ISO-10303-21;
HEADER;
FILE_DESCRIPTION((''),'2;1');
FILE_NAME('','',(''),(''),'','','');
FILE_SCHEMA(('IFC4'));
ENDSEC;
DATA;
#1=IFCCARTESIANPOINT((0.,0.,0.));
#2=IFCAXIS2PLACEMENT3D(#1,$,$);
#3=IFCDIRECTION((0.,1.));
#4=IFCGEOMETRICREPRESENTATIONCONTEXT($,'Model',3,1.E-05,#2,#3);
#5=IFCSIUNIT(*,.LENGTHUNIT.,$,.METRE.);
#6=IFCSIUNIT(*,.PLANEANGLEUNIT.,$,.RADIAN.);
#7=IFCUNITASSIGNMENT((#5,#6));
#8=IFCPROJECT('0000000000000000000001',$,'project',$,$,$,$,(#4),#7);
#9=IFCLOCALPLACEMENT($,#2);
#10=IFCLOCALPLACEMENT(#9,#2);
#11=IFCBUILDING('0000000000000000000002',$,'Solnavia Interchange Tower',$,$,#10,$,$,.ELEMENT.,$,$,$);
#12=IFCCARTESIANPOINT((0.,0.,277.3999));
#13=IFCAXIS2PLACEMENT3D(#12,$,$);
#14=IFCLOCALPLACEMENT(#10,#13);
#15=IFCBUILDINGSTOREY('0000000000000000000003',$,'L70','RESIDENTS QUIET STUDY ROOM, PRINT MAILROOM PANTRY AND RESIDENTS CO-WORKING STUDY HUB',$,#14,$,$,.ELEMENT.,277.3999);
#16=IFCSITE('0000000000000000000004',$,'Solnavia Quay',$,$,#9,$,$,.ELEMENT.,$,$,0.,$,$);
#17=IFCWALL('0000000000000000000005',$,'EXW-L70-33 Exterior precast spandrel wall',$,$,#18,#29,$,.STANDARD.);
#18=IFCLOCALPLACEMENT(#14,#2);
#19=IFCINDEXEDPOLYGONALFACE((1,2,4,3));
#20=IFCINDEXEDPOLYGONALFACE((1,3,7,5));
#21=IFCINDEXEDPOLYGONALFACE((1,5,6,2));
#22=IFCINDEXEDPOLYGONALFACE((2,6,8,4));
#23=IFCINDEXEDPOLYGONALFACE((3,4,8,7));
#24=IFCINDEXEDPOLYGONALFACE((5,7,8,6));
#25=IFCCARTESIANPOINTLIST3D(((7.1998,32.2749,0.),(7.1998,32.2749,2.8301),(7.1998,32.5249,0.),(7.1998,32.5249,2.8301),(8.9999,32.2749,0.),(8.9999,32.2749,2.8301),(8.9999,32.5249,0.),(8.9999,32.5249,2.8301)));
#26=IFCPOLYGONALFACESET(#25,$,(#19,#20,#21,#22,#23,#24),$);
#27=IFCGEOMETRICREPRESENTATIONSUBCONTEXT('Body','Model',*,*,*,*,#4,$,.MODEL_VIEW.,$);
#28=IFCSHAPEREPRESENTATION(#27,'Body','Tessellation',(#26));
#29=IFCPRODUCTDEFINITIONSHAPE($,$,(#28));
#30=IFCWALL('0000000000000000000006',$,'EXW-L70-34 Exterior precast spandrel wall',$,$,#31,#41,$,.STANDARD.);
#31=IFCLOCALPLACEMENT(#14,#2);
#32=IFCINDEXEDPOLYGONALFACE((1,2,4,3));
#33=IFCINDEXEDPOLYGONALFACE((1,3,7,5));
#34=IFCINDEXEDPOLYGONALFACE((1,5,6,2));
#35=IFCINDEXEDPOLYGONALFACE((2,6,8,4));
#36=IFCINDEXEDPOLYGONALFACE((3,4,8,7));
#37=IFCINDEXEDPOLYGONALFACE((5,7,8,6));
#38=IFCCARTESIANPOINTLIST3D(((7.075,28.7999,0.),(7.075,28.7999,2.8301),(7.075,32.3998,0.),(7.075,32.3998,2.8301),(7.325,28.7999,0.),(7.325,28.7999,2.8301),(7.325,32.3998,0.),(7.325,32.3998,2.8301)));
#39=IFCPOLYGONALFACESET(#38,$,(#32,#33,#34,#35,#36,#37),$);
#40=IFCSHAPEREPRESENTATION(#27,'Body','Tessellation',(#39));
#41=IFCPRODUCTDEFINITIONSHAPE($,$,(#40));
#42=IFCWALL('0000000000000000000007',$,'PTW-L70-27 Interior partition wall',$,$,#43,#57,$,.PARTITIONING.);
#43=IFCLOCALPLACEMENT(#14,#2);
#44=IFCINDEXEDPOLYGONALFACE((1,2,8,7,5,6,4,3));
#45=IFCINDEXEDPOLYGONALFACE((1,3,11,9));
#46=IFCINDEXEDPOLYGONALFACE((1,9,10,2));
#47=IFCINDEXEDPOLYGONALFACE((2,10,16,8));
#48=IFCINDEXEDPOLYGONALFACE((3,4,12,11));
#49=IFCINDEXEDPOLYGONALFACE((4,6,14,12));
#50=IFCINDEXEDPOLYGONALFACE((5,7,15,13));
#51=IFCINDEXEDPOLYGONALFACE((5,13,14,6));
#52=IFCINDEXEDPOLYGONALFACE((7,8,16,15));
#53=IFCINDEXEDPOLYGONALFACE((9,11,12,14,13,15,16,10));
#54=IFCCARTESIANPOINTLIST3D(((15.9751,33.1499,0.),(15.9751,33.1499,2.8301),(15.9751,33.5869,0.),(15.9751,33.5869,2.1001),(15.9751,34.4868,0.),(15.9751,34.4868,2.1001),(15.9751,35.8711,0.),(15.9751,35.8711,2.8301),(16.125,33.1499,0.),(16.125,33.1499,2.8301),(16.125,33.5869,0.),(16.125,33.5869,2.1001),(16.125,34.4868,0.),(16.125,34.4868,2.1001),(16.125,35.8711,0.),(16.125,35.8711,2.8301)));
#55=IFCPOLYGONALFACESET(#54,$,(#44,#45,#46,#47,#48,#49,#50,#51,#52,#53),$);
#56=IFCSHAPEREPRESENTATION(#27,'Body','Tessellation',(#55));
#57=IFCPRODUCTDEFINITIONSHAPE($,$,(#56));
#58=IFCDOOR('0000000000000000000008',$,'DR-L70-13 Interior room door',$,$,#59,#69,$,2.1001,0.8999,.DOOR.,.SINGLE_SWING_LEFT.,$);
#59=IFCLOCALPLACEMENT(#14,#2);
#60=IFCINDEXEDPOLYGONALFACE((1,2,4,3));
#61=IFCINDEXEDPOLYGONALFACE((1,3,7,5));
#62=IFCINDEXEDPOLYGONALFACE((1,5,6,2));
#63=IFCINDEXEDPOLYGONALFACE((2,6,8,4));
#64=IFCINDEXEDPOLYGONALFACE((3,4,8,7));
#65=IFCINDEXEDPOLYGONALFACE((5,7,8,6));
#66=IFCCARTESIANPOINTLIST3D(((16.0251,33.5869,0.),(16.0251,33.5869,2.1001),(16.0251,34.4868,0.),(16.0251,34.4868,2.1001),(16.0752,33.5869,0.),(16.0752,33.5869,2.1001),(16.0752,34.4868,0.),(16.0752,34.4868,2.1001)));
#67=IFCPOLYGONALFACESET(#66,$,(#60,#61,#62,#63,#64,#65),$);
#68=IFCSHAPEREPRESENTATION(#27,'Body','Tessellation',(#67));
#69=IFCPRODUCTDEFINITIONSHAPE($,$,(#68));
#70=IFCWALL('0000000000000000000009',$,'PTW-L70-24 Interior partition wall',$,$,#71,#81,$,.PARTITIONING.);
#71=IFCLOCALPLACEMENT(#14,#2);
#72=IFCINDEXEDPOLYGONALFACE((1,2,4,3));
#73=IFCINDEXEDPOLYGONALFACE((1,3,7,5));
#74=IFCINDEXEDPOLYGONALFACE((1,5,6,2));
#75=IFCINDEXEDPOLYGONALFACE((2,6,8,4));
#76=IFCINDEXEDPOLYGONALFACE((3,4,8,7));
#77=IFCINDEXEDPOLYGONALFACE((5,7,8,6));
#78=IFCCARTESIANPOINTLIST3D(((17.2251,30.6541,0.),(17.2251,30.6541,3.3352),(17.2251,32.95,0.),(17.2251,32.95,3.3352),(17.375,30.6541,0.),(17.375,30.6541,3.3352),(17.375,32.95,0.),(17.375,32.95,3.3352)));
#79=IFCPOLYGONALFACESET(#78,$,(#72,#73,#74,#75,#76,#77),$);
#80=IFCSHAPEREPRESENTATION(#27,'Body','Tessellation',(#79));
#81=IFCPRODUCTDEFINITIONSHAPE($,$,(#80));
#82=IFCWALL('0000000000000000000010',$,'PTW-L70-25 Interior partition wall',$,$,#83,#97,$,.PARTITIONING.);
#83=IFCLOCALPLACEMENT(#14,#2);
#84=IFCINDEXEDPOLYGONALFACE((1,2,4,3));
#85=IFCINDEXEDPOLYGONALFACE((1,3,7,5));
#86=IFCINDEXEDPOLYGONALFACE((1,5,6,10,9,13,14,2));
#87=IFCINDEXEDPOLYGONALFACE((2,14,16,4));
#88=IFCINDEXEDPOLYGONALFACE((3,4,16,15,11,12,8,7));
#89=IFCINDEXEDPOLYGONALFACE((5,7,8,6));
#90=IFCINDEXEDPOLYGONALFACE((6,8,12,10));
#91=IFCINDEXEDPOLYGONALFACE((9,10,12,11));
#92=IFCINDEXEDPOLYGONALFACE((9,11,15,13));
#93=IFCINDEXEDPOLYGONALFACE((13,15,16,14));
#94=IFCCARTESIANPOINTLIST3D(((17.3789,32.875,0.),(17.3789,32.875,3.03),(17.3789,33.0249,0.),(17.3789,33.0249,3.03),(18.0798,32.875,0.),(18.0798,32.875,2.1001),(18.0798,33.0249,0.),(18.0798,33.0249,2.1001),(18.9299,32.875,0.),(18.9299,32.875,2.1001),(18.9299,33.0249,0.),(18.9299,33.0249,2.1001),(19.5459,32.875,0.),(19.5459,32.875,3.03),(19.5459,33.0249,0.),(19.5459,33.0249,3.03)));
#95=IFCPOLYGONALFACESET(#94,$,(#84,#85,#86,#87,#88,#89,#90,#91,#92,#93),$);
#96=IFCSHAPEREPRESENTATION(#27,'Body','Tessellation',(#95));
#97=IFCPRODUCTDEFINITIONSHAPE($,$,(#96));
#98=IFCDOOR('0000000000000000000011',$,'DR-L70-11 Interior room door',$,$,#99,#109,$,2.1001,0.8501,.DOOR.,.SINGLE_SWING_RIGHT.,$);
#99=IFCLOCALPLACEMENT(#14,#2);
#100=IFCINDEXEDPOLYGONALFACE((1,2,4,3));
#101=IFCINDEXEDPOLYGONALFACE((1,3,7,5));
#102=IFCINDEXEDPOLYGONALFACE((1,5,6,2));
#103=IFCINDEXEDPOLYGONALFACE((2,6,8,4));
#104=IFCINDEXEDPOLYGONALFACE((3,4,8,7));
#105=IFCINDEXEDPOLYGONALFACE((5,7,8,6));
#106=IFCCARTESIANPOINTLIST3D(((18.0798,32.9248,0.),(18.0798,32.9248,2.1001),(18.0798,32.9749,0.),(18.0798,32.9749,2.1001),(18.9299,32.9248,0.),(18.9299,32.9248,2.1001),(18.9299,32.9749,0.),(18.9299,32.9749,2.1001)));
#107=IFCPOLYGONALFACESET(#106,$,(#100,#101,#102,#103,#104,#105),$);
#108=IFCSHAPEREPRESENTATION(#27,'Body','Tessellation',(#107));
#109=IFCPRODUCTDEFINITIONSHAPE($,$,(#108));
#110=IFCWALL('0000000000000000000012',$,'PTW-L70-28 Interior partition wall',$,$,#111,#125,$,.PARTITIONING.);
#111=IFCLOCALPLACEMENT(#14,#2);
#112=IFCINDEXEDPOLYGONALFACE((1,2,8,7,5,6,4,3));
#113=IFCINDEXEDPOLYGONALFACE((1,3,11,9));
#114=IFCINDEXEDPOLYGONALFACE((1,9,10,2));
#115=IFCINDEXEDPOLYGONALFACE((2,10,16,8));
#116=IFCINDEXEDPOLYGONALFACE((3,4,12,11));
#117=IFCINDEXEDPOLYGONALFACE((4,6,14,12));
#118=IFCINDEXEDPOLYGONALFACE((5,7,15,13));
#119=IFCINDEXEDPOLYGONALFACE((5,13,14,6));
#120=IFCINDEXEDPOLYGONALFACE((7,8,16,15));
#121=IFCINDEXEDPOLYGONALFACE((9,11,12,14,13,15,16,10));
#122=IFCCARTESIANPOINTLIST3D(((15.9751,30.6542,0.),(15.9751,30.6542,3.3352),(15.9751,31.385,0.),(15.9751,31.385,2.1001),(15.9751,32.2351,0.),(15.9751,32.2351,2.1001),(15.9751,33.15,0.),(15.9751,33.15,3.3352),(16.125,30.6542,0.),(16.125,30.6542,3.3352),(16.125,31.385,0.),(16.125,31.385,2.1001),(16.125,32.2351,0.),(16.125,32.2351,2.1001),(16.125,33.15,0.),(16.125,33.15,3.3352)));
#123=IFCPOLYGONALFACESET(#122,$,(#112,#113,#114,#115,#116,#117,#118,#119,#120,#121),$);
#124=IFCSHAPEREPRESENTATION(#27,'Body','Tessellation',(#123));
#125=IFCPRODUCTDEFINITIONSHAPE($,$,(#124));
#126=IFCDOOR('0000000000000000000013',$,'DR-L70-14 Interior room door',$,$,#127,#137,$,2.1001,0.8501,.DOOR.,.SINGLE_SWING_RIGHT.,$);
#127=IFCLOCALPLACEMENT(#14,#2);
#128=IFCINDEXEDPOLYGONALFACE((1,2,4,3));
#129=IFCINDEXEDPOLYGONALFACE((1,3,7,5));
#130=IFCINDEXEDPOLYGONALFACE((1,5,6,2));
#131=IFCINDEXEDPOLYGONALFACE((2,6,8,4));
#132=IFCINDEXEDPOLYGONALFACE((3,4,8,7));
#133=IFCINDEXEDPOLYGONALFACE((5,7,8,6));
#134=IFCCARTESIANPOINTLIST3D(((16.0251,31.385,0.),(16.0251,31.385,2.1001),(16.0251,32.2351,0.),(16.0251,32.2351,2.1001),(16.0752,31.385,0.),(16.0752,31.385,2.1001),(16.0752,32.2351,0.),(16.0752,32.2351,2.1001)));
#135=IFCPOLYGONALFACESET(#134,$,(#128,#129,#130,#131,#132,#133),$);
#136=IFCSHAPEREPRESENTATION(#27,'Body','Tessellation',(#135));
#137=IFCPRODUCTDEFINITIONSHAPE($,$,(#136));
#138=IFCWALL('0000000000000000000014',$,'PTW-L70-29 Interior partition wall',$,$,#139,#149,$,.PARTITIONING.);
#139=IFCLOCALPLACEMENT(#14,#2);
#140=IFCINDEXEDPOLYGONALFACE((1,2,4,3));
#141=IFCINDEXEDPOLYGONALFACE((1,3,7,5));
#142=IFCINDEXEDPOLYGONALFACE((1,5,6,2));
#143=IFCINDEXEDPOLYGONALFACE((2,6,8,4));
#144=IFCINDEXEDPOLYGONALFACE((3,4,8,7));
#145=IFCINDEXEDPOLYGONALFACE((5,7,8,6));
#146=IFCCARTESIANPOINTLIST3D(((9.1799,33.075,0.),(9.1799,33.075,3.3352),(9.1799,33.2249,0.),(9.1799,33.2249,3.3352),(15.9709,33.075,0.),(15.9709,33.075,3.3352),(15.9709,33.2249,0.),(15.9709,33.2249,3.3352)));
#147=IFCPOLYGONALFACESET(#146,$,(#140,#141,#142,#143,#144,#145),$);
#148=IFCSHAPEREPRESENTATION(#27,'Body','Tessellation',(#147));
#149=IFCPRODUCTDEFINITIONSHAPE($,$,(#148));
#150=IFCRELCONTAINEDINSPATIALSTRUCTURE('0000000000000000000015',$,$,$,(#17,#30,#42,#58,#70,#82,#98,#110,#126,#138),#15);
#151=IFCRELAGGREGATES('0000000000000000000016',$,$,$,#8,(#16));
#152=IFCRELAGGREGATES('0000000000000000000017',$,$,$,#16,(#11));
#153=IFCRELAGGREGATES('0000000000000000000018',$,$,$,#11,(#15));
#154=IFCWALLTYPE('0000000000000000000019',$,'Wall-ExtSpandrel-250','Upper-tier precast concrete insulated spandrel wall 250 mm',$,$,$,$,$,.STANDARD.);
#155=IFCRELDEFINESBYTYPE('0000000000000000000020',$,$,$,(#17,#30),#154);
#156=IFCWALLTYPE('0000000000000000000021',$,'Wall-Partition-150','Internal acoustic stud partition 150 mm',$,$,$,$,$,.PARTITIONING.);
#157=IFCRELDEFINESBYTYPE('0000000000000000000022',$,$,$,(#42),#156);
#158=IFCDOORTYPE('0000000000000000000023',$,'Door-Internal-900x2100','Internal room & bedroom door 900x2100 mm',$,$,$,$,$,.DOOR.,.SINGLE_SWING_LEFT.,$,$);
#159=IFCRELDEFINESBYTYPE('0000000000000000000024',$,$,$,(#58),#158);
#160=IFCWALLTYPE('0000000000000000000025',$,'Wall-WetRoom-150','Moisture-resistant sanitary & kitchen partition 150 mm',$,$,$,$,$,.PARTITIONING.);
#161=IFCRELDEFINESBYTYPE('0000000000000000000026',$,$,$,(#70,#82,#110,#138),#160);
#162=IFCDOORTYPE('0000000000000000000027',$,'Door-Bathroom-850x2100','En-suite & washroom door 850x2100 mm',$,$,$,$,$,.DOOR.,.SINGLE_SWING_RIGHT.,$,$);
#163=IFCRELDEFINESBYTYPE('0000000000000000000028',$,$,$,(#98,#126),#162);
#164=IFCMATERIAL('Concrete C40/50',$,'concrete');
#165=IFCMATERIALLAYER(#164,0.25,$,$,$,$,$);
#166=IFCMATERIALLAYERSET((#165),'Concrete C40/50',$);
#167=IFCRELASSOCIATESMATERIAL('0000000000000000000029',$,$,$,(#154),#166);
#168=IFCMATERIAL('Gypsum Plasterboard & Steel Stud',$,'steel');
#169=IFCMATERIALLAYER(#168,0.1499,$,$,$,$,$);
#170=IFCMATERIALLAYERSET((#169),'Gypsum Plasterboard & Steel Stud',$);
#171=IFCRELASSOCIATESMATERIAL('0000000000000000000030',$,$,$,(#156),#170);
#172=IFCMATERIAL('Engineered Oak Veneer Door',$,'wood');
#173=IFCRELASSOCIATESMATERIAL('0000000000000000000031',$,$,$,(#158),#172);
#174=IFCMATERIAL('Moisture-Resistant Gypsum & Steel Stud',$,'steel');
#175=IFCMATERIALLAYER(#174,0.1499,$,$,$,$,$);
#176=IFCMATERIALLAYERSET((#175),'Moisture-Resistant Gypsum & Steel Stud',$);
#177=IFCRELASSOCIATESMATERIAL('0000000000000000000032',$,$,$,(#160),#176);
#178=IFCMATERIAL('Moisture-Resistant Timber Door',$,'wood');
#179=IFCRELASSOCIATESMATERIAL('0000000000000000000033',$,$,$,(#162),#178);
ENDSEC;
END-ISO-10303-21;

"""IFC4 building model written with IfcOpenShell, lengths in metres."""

from ifc_helpers import new_model, si_unit, direction, frame, frame_2d, origin, place, context, subcontext, project, spatial, rectangle, extrude, material, layer, layer_set, type_object, element, fill, save


model = new_model("IFC4")

# Units and contexts
model_context = context("Model", 3, precision=1e-05, world=origin(), true_north=direction((0.0, 1.0)))
body_context = subcontext(model_context, "Body", "Model", "MODEL_VIEW")
ifc_project = project(units=[si_unit("LENGTHUNIT", "METRE"), si_unit("PLANEANGLEUNIT", "RADIAN")], contexts=[model_context])

# Site, building, storey
site_placement = place(None, origin())
site = spatial("IfcSite", under=ifc_project, at=site_placement, Name="Solnavia Quay", CompositionType="ELEMENT", RefElevation=0.0)
building_placement = place(site_placement, origin())
building = spatial("IfcBuilding", under=site, at=building_placement, Name="Solnavia Interchange Tower", CompositionType="ELEMENT")
storey_placement = place(building_placement, frame((0.0, 0.0, 277.3999)))
storey = spatial("IfcBuildingStorey", under=building, at=storey_placement, Name="L70", Description="RESIDENTS QUIET STUDY ROOM, PRINT MAILROOM PANTRY AND RESIDENTS CO-WORKING STUDY HUB", CompositionType="ELEMENT", Elevation=277.3999)

# Shared definitions
ifc_material_1 = material(Name="Concrete C40/50", Category="concrete")
ifc_layer_1 = layer(ifc_material_1, 0.25)
ifc_layer_set_1 = layer_set([ifc_layer_1], Name="Concrete C40/50")
wall_type_1 = type_object("IfcWallType", Name="Wall-ExtSpandrel-250", Description="Upper-tier precast concrete insulated spandrel wall 250 mm", PredefinedType="STANDARD", material=ifc_layer_set_1)

# Walls
wall_1_placement = place(storey_placement, frame((7.2, 32.3999, 0.0), z_axis=(0.0, 0.0, 1.0), x_axis=(1.0, 0.0, 0.0)))
element("IfcWall", 1, at=wall_1_placement, inside=storey, type_object=wall_type_1, Name="EXW-L70-33 Exterior precast spandrel wall", PredefinedType="STANDARD", context=body_context, shape_type="SweptSolid", body=[
    extrude(rectangle(XDim=1.8, YDim=0.25, at=frame_2d((0.8999, 0.0))), origin(), (0.0, 0.0, 1.0), 2.8301),
])
wall_2_placement = place(storey_placement, frame((7.2, 28.8, 0.0), z_axis=(0.0, 0.0, 1.0), x_axis=(0.0, 1.0, 0.0)))
element("IfcWall", 2, at=wall_2_placement, inside=storey, type_object=wall_type_1, Name="EXW-L70-34 Exterior precast spandrel wall", PredefinedType="STANDARD", context=body_context, shape_type="SweptSolid", body=[
    extrude(rectangle(XDim=3.5999, YDim=0.25, at=frame_2d((1.7998, 0.0))), origin(), (0.0, 0.0, 1.0), 2.8301),
])

# Wall, opening, door
ifc_material_2 = material(Name="Gypsum Plasterboard & Steel Stud", Category="steel")
ifc_layer_2 = layer(ifc_material_2, 0.1499)
ifc_layer_set_2 = layer_set([ifc_layer_2], Name="Gypsum Plasterboard & Steel Stud")
wall_type_2 = type_object("IfcWallType", Name="Wall-Partition-150", Description="Internal acoustic stud partition 150 mm", PredefinedType="PARTITIONING", material=ifc_layer_set_2)
wall_3_placement = place(storey_placement, frame((16.05, 33.1499, 0.0), z_axis=(0.0, 0.0, 1.0), x_axis=(0.0, 1.0, 0.0)))
wall_3 = element("IfcWall", 3, at=wall_3_placement, inside=storey, type_object=wall_type_2, Name="PTW-L70-27 Interior partition wall", PredefinedType="PARTITIONING", context=body_context, shape_type="SweptSolid", body=[
    extrude(rectangle(XDim=2.7212, YDim=0.1499, at=frame_2d((1.3606, 0.0))), origin(), (0.0, 0.0, 1.0), 2.8301),
])
opening_1_placement = place(wall_3_placement, frame((0.437, 0.0, 0.0)))
opening_1 = element("IfcOpeningElement", 4, at=opening_1_placement, cuts=wall_3, PredefinedType="OPENING", context=body_context, shape_type="SweptSolid", body=[
    extrude(rectangle(XDim=0.8999, YDim=2.1001, at=frame_2d((0.45, 1.05))), frame((0.0, 0.085, 0.0), z_axis=(0.0, -1.0, 0.0), x_axis=(1.0, 0.0, 0.0)), (0.0, 0.0, 1.0), 0.1699),
])
ifc_material_3 = material(Name="Engineered Oak Veneer Door", Category="wood")
door_type_1 = type_object("IfcDoorType", Name="Door-Internal-900x2100", Description="Internal room & bedroom door 900x2100 mm", OperationType="SINGLE_SWING_LEFT", PredefinedType="DOOR", material=ifc_material_3)
door_1_placement = place(opening_1_placement, origin())
door_1 = element("IfcDoor", 5, at=door_1_placement, inside=storey, type_object=door_type_1, Name="DR-L70-13 Interior room door", OperationType="SINGLE_SWING_LEFT", OverallHeight=2.1001, OverallWidth=0.8999, PredefinedType="DOOR", context=body_context, shape_type="SweptSolid", body=[
    extrude(rectangle(XDim=0.8999, YDim=2.1001, at=frame_2d((0.45, 1.05))), frame((0.0, 0.0249, 0.0), z_axis=(0.0, -1.0, 0.0), x_axis=(1.0, 0.0, 0.0)), (0.0, 0.0, 1.0), 0.05),
])
fill(opening_1, door_1)

# Wall
ifc_material_4 = material(Name="Moisture-Resistant Gypsum & Steel Stud", Category="steel")
ifc_layer_3 = layer(ifc_material_4, 0.1499)
ifc_layer_set_3 = layer_set([ifc_layer_3], Name="Moisture-Resistant Gypsum & Steel Stud")
wall_type_3 = type_object("IfcWallType", Name="Wall-WetRoom-150", Description="Moisture-resistant sanitary & kitchen partition 150 mm", PredefinedType="PARTITIONING", material=ifc_layer_set_3)
wall_4_placement = place(storey_placement, frame((17.3, 30.6541, 0.0), z_axis=(0.0, 0.0, 1.0), x_axis=(0.0, 1.0, 0.0)))
element("IfcWall", 6, at=wall_4_placement, inside=storey, type_object=wall_type_3, Name="PTW-L70-24 Interior partition wall", PredefinedType="PARTITIONING", context=body_context, shape_type="SweptSolid", body=[
    extrude(rectangle(XDim=2.2959, YDim=0.1499, at=frame_2d((1.1479, 0.0))), origin(), (0.0, 0.0, 1.0), 3.3352),
])

# Walls, openings, doors
wall_5_placement = place(storey_placement, frame((17.3789, 32.95, 0.0), z_axis=(0.0, 0.0, 1.0), x_axis=(1.0, 0.0, 0.0)))
wall_5 = element("IfcWall", 7, at=wall_5_placement, inside=storey, type_object=wall_type_3, Name="PTW-L70-25 Interior partition wall", PredefinedType="PARTITIONING", context=body_context, shape_type="SweptSolid", body=[
    extrude(rectangle(XDim=2.167, YDim=0.1499, at=frame_2d((1.0835, 0.0))), origin(), (0.0, 0.0, 1.0), 3.03),
])
opening_2_placement = place(wall_5_placement, frame((0.7009, 0.0, 0.0)))
opening_2 = element("IfcOpeningElement", 8, at=opening_2_placement, cuts=wall_5, PredefinedType="OPENING", context=body_context, shape_type="SweptSolid", body=[
    extrude(rectangle(XDim=0.8501, YDim=2.1001, at=frame_2d((0.425, 1.05))), frame((0.0, 0.085, 0.0), z_axis=(0.0, -1.0, 0.0), x_axis=(1.0, 0.0, 0.0)), (0.0, 0.0, 1.0), 0.1699),
])
ifc_material_5 = material(Name="Moisture-Resistant Timber Door", Category="wood")
door_type_2 = type_object("IfcDoorType", Name="Door-Bathroom-850x2100", Description="En-suite & washroom door 850x2100 mm", OperationType="SINGLE_SWING_RIGHT", PredefinedType="DOOR", material=ifc_material_5)
door_2_placement = place(opening_2_placement, origin())
door_2 = element("IfcDoor", 9, at=door_2_placement, inside=storey, type_object=door_type_2, Name="DR-L70-11 Interior room door", OperationType="SINGLE_SWING_RIGHT", OverallHeight=2.1001, OverallWidth=0.8501, PredefinedType="DOOR", context=body_context, shape_type="SweptSolid", body=[
    extrude(rectangle(XDim=0.8501, YDim=2.1001, at=frame_2d((0.425, 1.05))), frame((0.0, 0.0249, 0.0), z_axis=(0.0, -1.0, 0.0), x_axis=(1.0, 0.0, 0.0)), (0.0, 0.0, 1.0), 0.05),
])
fill(opening_2, door_2)
wall_6_placement = place(storey_placement, frame((16.05, 30.6541, 0.0), z_axis=(0.0, 0.0, 1.0), x_axis=(0.0, 1.0, 0.0)))
wall_6 = element("IfcWall", 10, at=wall_6_placement, inside=storey, type_object=wall_type_3, Name="PTW-L70-28 Interior partition wall", PredefinedType="PARTITIONING", context=body_context, shape_type="SweptSolid", body=[
    extrude(rectangle(XDim=2.4958, YDim=0.1499, at=frame_2d((1.248, 0.0))), origin(), (0.0, 0.0, 1.0), 3.3352),
])
opening_3_placement = place(wall_6_placement, frame((0.731, 0.0, 0.0)))
opening_3 = element("IfcOpeningElement", 11, at=opening_3_placement, cuts=wall_6, PredefinedType="OPENING", context=body_context, shape_type="SweptSolid", body=[
    extrude(rectangle(XDim=0.8501, YDim=2.1001, at=frame_2d((0.425, 1.05))), frame((0.0, 0.085, 0.0), z_axis=(0.0, -1.0, 0.0), x_axis=(1.0, 0.0, 0.0)), (0.0, 0.0, 1.0), 0.1699),
])
door_3_placement = place(opening_3_placement, origin())
door_3 = element("IfcDoor", 12, at=door_3_placement, inside=storey, type_object=door_type_2, Name="DR-L70-14 Interior room door", OperationType="SINGLE_SWING_RIGHT", OverallHeight=2.1001, OverallWidth=0.8501, PredefinedType="DOOR", context=body_context, shape_type="SweptSolid", body=[
    extrude(rectangle(XDim=0.8501, YDim=2.1001, at=frame_2d((0.425, 1.05))), frame((0.0, 0.0249, 0.0), z_axis=(0.0, -1.0, 0.0), x_axis=(1.0, 0.0, 0.0)), (0.0, 0.0, 1.0), 0.05),
])
fill(opening_3, door_3)

# Wall
wall_7_placement = place(storey_placement, frame((9.1799, 33.1499, 0.0), z_axis=(0.0, 0.0, 1.0), x_axis=(1.0, 0.0, 0.0)))
element("IfcWall", 13, at=wall_7_placement, inside=storey, type_object=wall_type_3, Name="PTW-L70-29 Interior partition wall", PredefinedType="PARTITIONING", context=body_context, shape_type="SweptSolid", body=[
    extrude(rectangle(XDim=6.791, YDim=0.1499, at=frame_2d((3.3955, 0.0))), origin(), (0.0, 0.0, 1.0), 3.3352),
])

save(model, "model.ifc")
